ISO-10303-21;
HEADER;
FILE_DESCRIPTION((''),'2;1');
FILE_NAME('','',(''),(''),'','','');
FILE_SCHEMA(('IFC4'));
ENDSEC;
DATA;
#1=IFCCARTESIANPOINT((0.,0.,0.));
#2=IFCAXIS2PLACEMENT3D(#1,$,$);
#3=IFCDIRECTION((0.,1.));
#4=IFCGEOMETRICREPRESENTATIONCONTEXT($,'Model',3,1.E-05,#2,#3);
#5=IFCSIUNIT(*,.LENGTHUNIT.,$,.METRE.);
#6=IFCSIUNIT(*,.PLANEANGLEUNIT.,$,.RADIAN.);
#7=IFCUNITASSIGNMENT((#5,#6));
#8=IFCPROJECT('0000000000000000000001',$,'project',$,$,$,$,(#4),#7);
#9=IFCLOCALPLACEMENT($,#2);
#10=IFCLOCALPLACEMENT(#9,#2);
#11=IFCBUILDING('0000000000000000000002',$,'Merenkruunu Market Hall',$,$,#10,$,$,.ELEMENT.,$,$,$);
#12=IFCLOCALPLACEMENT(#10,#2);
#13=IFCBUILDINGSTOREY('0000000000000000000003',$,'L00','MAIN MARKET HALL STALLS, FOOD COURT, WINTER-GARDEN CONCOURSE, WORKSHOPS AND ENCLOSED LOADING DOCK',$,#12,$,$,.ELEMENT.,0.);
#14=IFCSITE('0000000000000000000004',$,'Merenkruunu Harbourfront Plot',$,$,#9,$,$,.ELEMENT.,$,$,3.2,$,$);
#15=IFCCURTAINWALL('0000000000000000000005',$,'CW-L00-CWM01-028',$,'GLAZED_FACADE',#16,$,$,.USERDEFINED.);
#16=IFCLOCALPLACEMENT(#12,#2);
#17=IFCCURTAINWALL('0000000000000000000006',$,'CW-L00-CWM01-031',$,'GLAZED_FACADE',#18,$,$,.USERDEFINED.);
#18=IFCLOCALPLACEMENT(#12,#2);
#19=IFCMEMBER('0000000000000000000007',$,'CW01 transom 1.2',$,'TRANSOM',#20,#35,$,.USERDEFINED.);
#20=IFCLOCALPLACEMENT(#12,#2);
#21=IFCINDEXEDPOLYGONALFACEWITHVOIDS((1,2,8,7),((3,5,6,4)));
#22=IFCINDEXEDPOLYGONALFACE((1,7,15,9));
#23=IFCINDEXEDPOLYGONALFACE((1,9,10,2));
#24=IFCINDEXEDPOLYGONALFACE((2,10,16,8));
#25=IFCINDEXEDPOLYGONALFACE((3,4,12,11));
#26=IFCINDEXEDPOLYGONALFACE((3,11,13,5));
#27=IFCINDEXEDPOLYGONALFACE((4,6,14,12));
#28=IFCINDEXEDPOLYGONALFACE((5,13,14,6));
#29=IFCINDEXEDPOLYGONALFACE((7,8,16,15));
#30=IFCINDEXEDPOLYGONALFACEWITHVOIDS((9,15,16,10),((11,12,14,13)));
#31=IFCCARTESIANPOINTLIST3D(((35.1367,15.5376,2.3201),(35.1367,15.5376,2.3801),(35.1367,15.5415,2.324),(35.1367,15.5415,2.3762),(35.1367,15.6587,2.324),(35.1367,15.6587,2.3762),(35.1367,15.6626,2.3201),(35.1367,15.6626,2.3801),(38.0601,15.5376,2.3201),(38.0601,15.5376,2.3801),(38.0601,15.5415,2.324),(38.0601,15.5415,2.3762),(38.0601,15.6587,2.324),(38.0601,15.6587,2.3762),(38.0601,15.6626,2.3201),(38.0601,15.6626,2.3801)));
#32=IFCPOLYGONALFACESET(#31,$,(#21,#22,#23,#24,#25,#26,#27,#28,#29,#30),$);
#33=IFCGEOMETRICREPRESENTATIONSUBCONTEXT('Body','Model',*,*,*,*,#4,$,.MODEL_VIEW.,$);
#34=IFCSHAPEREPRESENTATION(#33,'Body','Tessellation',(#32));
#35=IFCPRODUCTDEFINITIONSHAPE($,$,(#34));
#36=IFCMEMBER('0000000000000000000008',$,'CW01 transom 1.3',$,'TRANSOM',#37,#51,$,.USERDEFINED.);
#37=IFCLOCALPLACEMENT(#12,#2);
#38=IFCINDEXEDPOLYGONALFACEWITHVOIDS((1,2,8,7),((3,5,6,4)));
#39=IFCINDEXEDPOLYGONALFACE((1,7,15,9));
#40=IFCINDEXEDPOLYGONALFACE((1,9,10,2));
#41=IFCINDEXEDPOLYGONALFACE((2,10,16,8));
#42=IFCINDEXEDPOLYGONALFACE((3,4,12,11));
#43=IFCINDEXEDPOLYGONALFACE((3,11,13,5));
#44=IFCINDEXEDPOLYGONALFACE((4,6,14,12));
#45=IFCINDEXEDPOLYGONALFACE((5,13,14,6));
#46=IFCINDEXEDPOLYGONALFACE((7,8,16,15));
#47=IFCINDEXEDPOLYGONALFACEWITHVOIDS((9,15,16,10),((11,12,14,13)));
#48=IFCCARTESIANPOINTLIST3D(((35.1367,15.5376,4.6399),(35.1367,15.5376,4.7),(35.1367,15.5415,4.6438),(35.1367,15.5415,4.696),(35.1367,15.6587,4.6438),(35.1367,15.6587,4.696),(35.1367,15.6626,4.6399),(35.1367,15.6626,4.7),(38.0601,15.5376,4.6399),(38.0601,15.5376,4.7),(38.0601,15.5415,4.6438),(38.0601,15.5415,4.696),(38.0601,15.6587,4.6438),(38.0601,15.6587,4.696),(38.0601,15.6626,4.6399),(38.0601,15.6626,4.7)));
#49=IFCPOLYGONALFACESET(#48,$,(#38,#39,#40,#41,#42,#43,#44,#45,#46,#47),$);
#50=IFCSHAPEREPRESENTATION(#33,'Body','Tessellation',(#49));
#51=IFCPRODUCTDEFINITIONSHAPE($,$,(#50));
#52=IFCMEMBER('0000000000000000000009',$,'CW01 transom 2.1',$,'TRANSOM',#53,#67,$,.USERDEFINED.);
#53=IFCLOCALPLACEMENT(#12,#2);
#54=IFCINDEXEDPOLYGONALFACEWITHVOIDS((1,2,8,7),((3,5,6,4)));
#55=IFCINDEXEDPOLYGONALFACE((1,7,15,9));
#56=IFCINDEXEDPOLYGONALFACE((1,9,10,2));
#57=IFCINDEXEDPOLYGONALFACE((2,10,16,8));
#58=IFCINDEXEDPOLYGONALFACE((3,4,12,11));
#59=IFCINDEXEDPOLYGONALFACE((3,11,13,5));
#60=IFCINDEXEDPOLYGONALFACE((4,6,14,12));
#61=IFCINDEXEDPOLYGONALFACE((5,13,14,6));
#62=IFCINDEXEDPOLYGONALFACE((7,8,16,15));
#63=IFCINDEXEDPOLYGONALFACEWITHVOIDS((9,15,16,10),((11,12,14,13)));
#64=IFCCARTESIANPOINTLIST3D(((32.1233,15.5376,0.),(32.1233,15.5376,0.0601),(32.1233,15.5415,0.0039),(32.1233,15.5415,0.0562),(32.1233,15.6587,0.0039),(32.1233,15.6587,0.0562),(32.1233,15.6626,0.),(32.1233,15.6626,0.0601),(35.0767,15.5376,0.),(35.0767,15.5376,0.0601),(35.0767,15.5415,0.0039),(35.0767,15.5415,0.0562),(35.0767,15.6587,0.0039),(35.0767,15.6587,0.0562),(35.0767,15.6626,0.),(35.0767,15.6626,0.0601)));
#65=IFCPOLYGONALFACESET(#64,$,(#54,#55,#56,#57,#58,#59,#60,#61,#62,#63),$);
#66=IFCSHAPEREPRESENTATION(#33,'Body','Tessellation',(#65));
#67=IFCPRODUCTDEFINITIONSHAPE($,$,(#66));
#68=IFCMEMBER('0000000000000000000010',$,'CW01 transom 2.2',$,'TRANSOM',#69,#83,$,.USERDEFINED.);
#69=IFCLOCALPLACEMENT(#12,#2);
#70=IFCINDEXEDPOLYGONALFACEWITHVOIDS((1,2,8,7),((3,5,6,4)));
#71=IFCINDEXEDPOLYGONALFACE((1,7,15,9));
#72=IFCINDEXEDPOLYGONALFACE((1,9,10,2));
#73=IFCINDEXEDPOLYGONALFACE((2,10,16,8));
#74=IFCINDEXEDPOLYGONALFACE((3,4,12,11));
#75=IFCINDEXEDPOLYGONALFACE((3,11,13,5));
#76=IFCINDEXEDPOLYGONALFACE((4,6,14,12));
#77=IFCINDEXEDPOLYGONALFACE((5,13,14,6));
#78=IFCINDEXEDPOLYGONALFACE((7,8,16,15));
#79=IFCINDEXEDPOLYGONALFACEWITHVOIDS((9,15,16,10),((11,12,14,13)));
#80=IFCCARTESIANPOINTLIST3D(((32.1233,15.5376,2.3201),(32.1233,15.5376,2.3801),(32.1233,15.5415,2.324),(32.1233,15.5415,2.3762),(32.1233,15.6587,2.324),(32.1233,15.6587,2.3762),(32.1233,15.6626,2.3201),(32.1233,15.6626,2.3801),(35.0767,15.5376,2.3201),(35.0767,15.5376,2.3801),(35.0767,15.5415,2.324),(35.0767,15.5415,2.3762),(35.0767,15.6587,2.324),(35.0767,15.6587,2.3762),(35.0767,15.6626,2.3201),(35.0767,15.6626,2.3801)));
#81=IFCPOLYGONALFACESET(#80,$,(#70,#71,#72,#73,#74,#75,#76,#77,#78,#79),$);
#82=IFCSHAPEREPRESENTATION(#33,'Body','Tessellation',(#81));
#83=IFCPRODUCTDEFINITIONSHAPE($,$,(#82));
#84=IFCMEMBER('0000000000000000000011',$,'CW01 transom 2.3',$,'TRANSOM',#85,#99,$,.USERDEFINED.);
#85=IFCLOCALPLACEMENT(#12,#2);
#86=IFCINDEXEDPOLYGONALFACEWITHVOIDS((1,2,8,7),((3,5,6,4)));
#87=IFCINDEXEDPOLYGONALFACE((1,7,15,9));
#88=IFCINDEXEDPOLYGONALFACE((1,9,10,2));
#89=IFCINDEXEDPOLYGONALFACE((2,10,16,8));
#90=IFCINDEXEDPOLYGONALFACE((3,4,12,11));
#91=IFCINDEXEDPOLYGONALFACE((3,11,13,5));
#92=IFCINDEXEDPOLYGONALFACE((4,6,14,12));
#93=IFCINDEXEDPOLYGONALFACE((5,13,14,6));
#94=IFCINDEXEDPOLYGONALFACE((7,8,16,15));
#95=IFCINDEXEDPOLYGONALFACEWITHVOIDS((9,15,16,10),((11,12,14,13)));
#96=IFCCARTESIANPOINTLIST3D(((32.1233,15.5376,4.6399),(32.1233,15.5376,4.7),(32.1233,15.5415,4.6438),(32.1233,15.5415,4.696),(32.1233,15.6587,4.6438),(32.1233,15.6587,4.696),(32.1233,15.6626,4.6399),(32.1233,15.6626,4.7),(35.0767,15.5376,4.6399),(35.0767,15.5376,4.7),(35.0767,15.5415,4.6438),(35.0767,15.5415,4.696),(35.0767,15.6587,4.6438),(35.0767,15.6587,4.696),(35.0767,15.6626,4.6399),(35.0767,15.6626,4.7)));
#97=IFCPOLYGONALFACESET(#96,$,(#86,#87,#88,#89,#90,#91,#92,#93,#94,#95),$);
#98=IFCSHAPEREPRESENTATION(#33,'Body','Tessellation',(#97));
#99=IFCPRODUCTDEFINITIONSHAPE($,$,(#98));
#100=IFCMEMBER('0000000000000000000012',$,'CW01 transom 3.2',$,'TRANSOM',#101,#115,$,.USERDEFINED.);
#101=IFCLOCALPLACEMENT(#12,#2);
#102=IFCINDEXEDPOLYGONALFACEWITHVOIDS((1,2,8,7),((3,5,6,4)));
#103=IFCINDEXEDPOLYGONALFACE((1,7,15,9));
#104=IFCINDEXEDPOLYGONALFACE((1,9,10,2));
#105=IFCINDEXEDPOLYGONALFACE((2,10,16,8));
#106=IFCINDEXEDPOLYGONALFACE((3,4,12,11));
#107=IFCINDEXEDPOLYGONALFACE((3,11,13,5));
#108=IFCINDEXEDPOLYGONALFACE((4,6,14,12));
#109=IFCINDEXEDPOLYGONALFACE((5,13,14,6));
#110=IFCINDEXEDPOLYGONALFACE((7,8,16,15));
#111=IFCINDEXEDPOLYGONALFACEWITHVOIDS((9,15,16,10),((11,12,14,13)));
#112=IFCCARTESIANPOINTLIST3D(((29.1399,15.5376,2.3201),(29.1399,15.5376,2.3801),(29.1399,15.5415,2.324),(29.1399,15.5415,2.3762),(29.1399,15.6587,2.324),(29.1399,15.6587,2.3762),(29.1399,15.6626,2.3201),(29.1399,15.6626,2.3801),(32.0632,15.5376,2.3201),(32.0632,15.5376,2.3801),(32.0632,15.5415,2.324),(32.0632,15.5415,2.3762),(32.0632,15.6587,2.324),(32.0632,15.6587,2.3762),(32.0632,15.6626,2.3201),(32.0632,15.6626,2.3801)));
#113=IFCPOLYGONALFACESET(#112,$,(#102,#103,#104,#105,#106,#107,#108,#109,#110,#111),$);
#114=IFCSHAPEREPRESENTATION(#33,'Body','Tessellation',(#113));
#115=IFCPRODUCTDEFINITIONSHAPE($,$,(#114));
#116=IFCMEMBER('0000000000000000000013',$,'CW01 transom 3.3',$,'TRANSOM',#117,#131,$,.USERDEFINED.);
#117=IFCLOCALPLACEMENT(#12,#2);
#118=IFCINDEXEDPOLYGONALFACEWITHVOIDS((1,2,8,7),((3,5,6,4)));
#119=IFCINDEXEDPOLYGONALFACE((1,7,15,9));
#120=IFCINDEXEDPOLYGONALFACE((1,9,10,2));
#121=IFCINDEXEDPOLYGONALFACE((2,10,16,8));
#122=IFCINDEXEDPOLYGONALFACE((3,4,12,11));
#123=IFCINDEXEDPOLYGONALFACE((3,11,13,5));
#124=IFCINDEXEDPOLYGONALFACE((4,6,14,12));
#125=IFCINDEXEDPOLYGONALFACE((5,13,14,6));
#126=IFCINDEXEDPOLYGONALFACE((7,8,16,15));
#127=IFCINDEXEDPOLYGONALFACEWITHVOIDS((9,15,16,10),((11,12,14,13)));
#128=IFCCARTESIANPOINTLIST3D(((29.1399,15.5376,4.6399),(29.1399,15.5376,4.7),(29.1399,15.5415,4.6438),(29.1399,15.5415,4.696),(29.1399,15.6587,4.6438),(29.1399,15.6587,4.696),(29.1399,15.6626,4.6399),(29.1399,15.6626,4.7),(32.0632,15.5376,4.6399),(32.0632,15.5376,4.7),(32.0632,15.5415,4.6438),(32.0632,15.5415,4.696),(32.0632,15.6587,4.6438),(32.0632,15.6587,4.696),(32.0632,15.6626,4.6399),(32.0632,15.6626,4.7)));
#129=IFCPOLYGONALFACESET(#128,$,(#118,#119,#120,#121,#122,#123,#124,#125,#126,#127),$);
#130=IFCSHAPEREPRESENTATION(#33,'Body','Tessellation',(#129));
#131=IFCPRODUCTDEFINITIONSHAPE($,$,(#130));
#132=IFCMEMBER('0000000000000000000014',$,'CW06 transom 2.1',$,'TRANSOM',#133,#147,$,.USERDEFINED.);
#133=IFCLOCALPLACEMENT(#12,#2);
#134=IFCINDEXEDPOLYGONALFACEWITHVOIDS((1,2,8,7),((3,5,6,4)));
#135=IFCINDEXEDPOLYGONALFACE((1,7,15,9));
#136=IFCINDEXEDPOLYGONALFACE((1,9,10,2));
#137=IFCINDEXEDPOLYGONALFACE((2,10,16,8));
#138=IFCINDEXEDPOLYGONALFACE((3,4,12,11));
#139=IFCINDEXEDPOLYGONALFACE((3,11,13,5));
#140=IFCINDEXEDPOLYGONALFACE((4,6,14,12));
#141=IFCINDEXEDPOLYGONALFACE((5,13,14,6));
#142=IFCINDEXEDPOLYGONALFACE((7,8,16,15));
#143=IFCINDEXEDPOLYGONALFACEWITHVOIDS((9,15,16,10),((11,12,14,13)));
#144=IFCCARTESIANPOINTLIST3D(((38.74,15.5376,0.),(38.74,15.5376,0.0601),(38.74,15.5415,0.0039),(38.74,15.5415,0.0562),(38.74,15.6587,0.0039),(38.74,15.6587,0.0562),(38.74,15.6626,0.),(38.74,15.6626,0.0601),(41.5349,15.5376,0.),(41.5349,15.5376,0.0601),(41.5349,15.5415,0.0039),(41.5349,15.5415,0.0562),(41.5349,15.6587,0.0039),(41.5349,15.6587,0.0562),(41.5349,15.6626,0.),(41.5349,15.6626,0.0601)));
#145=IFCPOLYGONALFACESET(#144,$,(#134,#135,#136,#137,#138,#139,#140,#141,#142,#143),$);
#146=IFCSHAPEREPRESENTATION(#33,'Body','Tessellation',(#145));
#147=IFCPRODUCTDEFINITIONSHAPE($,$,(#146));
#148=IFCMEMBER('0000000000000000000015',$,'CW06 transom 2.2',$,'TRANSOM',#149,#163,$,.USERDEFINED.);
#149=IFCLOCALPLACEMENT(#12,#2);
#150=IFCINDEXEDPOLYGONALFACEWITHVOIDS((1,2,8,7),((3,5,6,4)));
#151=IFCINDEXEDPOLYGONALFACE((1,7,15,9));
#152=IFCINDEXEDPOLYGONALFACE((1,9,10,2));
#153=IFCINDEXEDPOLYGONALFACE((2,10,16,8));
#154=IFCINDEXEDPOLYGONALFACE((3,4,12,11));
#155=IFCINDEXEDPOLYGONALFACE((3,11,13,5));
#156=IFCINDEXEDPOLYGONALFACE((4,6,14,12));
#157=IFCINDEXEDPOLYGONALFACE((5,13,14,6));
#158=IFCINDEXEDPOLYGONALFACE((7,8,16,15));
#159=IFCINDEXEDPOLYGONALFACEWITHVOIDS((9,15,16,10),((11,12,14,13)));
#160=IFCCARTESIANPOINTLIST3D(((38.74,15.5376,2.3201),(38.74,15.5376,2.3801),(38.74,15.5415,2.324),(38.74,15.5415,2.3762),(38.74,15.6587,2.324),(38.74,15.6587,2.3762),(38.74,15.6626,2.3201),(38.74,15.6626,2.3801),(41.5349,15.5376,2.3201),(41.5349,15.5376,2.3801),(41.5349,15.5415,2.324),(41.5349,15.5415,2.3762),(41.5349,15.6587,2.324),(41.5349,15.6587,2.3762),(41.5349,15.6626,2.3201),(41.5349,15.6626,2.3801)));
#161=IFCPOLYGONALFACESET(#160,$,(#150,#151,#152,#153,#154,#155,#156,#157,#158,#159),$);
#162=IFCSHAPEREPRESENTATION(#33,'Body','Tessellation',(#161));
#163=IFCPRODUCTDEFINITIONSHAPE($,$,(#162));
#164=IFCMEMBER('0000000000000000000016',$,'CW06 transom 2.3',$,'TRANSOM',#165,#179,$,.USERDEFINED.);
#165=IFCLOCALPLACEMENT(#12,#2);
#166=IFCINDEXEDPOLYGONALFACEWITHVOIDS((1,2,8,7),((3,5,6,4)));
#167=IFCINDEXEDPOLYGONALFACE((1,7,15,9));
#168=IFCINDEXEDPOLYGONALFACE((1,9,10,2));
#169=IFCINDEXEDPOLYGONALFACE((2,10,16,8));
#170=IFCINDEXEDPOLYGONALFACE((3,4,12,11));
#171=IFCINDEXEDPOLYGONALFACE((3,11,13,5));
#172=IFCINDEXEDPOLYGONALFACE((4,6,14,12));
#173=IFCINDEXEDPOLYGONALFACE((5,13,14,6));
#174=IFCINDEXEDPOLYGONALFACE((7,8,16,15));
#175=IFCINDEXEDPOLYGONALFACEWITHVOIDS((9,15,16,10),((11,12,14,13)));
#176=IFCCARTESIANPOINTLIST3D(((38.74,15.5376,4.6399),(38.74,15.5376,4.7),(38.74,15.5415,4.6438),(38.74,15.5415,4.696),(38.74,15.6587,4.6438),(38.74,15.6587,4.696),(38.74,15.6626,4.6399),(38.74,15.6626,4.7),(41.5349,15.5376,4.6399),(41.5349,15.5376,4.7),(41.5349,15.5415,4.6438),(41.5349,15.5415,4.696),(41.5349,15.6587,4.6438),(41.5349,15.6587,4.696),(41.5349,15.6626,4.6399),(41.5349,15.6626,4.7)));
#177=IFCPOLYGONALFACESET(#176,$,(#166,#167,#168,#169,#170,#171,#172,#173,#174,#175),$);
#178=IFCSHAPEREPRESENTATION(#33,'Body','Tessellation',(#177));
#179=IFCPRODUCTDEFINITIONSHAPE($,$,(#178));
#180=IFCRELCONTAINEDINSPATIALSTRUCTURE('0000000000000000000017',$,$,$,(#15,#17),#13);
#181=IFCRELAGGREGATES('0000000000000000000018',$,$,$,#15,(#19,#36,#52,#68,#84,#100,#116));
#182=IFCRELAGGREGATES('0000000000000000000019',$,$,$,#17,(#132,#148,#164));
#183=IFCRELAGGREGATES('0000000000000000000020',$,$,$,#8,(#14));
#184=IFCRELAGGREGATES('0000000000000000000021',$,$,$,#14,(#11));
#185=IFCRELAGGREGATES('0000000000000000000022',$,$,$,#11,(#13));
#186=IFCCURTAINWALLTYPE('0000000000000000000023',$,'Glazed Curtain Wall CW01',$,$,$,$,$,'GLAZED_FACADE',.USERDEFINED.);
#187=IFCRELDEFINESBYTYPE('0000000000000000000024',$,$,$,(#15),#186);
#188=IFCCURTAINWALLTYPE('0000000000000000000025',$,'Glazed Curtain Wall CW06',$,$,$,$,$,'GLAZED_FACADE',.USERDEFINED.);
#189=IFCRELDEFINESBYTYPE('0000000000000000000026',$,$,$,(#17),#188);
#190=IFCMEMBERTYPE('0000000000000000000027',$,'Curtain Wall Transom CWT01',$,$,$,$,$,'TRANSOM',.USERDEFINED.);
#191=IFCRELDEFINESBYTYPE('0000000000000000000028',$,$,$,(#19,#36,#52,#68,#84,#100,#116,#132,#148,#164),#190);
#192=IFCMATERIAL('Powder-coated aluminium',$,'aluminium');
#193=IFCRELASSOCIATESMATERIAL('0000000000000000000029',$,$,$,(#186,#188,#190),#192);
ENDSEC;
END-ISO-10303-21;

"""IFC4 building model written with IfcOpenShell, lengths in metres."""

from ifc_helpers import new_model, si_unit, direction, frame, origin, origin_2d, place, context, subcontext, project, spatial, hollow_rectangle, extrude, material, material_profile, profile_set, type_object, element, aggregate, save


model = new_model("IFC4")

# Units and contexts
model_context = context("Model", 3, precision=1e-05, world=origin(), true_north=direction((0.0, 1.0)))
body_context = subcontext(model_context, "Body", "Model", "MODEL_VIEW")
ifc_project = project(units=[si_unit("LENGTHUNIT", "METRE"), si_unit("PLANEANGLEUNIT", "RADIAN")], contexts=[model_context])

# Site, building, storey
site_placement = place(None, origin())
site = spatial("IfcSite", under=ifc_project, at=site_placement, Name="Merenkruunu Harbourfront Plot", CompositionType="ELEMENT", RefElevation=3.2)
building_placement = place(site_placement, origin())
building = spatial("IfcBuilding", under=site, at=building_placement, Name="Merenkruunu Market Hall", CompositionType="ELEMENT")
storey_placement = place(building_placement, origin())
storey = spatial("IfcBuildingStorey", under=building, at=storey_placement, Name="L00", Description="MAIN MARKET HALL STALLS, FOOD COURT, WINTER-GARDEN CONCOURSE, WORKSHOPS AND ENCLOSED LOADING DOCK", CompositionType="ELEMENT", Elevation=0.0)

# Curtain wall
ifc_material_1 = material(Name="Powder-coated aluminium", Category="aluminium")
curtain_wall_type_1 = type_object("IfcCurtainWallType", Name="Glazed Curtain Wall CW01", ElementType="GLAZED_FACADE", PredefinedType="USERDEFINED", material=ifc_material_1)
curtain_wall_1_placement = place(storey_placement, origin())
curtain_wall_1 = element("IfcCurtainWall", 1, at=curtain_wall_1_placement, inside=storey, type_object=curtain_wall_type_1, Name="CW-L00-CWM01-028", ObjectType="GLAZED_FACADE", PredefinedType="USERDEFINED")

# Curtain wall
curtain_wall_type_2 = type_object("IfcCurtainWallType", Name="Glazed Curtain Wall CW06", ElementType="GLAZED_FACADE", PredefinedType="USERDEFINED", material=ifc_material_1)
curtain_wall_2_placement = place(storey_placement, origin())
curtain_wall_2 = element("IfcCurtainWall", 2, at=curtain_wall_2_placement, inside=storey, type_object=curtain_wall_type_2, Name="CW-L00-CWM01-031", ObjectType="GLAZED_FACADE", PredefinedType="USERDEFINED")

# Members
ifc_material_profile_1 = material_profile(ifc_material_1, hollow_rectangle(XDim=0.0601, YDim=0.125, WallThickness=0.0039, at=origin_2d()), Name="ALU 60x125x4")
ifc_profile_set_1 = profile_set([ifc_material_profile_1], Name="Powder-coated aluminium")
member_type_1 = type_object("IfcMemberType", Name="Curtain Wall Transom CWT01", ElementType="TRANSOM", PredefinedType="USERDEFINED", material=ifc_profile_set_1)
member_1_placement = place(storey_placement, frame((38.0601, 15.6001, 2.3501), z_axis=(-1.0, 0.0, 0.0), x_axis=(0.0, 0.0, 1.0)))
member_1 = element("IfcMember", 3, at=member_1_placement, type_object=member_type_1, Name="CW01 transom 1.2", ObjectType="TRANSOM", PredefinedType="USERDEFINED", context=body_context, shape_type="SweptSolid", body=[
    extrude(hollow_rectangle(XDim=0.0601, YDim=0.125, WallThickness=0.0039, at=origin_2d()), origin(), (0.0, 0.0, 1.0), 2.9233),
])
member_2_placement = place(storey_placement, frame((38.0601, 15.6001, 4.6699), z_axis=(-1.0, 0.0, 0.0), x_axis=(0.0, 0.0, 1.0)))
member_2 = element("IfcMember", 4, at=member_2_placement, type_object=member_type_1, Name="CW01 transom 1.3", ObjectType="TRANSOM", PredefinedType="USERDEFINED", context=body_context, shape_type="SweptSolid", body=[
    extrude(hollow_rectangle(XDim=0.0601, YDim=0.125, WallThickness=0.0039, at=origin_2d()), origin(), (0.0, 0.0, 1.0), 2.9233),
])
member_3_placement = place(storey_placement, frame((35.0767, 15.6001, 0.03), z_axis=(-1.0, 0.0, 0.0), x_axis=(0.0, 0.0, 1.0)))
member_3 = element("IfcMember", 5, at=member_3_placement, type_object=member_type_1, Name="CW01 transom 2.1", ObjectType="TRANSOM", PredefinedType="USERDEFINED", context=body_context, shape_type="SweptSolid", body=[
    extrude(hollow_rectangle(XDim=0.0601, YDim=0.125, WallThickness=0.0039, at=origin_2d()), origin(), (0.0, 0.0, 1.0), 2.9534),
])
member_4_placement = place(storey_placement, frame((35.0767, 15.6001, 2.3501), z_axis=(-1.0, 0.0, 0.0), x_axis=(0.0, 0.0, 1.0)))
member_4 = element("IfcMember", 6, at=member_4_placement, type_object=member_type_1, Name="CW01 transom 2.2", ObjectType="TRANSOM", PredefinedType="USERDEFINED", context=body_context, shape_type="SweptSolid", body=[
    extrude(hollow_rectangle(XDim=0.0601, YDim=0.125, WallThickness=0.0039, at=origin_2d()), origin(), (0.0, 0.0, 1.0), 2.9534),
])
member_5_placement = place(storey_placement, frame((35.0767, 15.6001, 4.6699), z_axis=(-1.0, 0.0, 0.0), x_axis=(0.0, 0.0, 1.0)))
member_5 = element("IfcMember", 7, at=member_5_placement, type_object=member_type_1, Name="CW01 transom 2.3", ObjectType="TRANSOM", PredefinedType="USERDEFINED", context=body_context, shape_type="SweptSolid", body=[
    extrude(hollow_rectangle(XDim=0.0601, YDim=0.125, WallThickness=0.0039, at=origin_2d()), origin(), (0.0, 0.0, 1.0), 2.9534),
])
member_6_placement = place(storey_placement, frame((32.0632, 15.6001, 2.3501), z_axis=(-1.0, 0.0, 0.0), x_axis=(0.0, 0.0, 1.0)))
member_6 = element("IfcMember", 8, at=member_6_placement, type_object=member_type_1, Name="CW01 transom 3.2", ObjectType="TRANSOM", PredefinedType="USERDEFINED", context=body_context, shape_type="SweptSolid", body=[
    extrude(hollow_rectangle(XDim=0.0601, YDim=0.125, WallThickness=0.0039, at=origin_2d()), origin(), (0.0, 0.0, 1.0), 2.9233),
])
member_7_placement = place(storey_placement, frame((32.0632, 15.6001, 4.6699), z_axis=(-1.0, 0.0, 0.0), x_axis=(0.0, 0.0, 1.0)))
member_7 = element("IfcMember", 9, at=member_7_placement, type_object=member_type_1, Name="CW01 transom 3.3", ObjectType="TRANSOM", PredefinedType="USERDEFINED", context=body_context, shape_type="SweptSolid", body=[
    extrude(hollow_rectangle(XDim=0.0601, YDim=0.125, WallThickness=0.0039, at=origin_2d()), origin(), (0.0, 0.0, 1.0), 2.9233),
])
member_8_placement = place(storey_placement, frame((41.5349, 15.6001, 0.03), z_axis=(-1.0, 0.0, 0.0), x_axis=(0.0, 0.0, 1.0)))
member_8 = element("IfcMember", 10, at=member_8_placement, type_object=member_type_1, Name="CW06 transom 2.1", ObjectType="TRANSOM", PredefinedType="USERDEFINED", context=body_context, shape_type="SweptSolid", body=[
    extrude(hollow_rectangle(XDim=0.0601, YDim=0.125, WallThickness=0.0039, at=origin_2d()), origin(), (0.0, 0.0, 1.0), 2.7949),
])
member_9_placement = place(storey_placement, frame((41.5349, 15.6001, 2.3501), z_axis=(-1.0, 0.0, 0.0), x_axis=(0.0, 0.0, 1.0)))
member_9 = element("IfcMember", 11, at=member_9_placement, type_object=member_type_1, Name="CW06 transom 2.2", ObjectType="TRANSOM", PredefinedType="USERDEFINED", context=body_context, shape_type="SweptSolid", body=[
    extrude(hollow_rectangle(XDim=0.0601, YDim=0.125, WallThickness=0.0039, at=origin_2d()), origin(), (0.0, 0.0, 1.0), 2.7949),
])
member_10_placement = place(storey_placement, frame((41.5349, 15.6001, 4.6699), z_axis=(-1.0, 0.0, 0.0), x_axis=(0.0, 0.0, 1.0)))
member_10 = element("IfcMember", 12, at=member_10_placement, type_object=member_type_1, Name="CW06 transom 2.3", ObjectType="TRANSOM", PredefinedType="USERDEFINED", context=body_context, shape_type="SweptSolid", body=[
    extrude(hollow_rectangle(XDim=0.0601, YDim=0.125, WallThickness=0.0039, at=origin_2d()), origin(), (0.0, 0.0, 1.0), 2.7949),
])

aggregate(curtain_wall_1, [member_1, member_2, member_3, member_4, member_5, member_6, member_7])
aggregate(curtain_wall_2, [member_8, member_9, member_10])

save(model, "model.ifc")
